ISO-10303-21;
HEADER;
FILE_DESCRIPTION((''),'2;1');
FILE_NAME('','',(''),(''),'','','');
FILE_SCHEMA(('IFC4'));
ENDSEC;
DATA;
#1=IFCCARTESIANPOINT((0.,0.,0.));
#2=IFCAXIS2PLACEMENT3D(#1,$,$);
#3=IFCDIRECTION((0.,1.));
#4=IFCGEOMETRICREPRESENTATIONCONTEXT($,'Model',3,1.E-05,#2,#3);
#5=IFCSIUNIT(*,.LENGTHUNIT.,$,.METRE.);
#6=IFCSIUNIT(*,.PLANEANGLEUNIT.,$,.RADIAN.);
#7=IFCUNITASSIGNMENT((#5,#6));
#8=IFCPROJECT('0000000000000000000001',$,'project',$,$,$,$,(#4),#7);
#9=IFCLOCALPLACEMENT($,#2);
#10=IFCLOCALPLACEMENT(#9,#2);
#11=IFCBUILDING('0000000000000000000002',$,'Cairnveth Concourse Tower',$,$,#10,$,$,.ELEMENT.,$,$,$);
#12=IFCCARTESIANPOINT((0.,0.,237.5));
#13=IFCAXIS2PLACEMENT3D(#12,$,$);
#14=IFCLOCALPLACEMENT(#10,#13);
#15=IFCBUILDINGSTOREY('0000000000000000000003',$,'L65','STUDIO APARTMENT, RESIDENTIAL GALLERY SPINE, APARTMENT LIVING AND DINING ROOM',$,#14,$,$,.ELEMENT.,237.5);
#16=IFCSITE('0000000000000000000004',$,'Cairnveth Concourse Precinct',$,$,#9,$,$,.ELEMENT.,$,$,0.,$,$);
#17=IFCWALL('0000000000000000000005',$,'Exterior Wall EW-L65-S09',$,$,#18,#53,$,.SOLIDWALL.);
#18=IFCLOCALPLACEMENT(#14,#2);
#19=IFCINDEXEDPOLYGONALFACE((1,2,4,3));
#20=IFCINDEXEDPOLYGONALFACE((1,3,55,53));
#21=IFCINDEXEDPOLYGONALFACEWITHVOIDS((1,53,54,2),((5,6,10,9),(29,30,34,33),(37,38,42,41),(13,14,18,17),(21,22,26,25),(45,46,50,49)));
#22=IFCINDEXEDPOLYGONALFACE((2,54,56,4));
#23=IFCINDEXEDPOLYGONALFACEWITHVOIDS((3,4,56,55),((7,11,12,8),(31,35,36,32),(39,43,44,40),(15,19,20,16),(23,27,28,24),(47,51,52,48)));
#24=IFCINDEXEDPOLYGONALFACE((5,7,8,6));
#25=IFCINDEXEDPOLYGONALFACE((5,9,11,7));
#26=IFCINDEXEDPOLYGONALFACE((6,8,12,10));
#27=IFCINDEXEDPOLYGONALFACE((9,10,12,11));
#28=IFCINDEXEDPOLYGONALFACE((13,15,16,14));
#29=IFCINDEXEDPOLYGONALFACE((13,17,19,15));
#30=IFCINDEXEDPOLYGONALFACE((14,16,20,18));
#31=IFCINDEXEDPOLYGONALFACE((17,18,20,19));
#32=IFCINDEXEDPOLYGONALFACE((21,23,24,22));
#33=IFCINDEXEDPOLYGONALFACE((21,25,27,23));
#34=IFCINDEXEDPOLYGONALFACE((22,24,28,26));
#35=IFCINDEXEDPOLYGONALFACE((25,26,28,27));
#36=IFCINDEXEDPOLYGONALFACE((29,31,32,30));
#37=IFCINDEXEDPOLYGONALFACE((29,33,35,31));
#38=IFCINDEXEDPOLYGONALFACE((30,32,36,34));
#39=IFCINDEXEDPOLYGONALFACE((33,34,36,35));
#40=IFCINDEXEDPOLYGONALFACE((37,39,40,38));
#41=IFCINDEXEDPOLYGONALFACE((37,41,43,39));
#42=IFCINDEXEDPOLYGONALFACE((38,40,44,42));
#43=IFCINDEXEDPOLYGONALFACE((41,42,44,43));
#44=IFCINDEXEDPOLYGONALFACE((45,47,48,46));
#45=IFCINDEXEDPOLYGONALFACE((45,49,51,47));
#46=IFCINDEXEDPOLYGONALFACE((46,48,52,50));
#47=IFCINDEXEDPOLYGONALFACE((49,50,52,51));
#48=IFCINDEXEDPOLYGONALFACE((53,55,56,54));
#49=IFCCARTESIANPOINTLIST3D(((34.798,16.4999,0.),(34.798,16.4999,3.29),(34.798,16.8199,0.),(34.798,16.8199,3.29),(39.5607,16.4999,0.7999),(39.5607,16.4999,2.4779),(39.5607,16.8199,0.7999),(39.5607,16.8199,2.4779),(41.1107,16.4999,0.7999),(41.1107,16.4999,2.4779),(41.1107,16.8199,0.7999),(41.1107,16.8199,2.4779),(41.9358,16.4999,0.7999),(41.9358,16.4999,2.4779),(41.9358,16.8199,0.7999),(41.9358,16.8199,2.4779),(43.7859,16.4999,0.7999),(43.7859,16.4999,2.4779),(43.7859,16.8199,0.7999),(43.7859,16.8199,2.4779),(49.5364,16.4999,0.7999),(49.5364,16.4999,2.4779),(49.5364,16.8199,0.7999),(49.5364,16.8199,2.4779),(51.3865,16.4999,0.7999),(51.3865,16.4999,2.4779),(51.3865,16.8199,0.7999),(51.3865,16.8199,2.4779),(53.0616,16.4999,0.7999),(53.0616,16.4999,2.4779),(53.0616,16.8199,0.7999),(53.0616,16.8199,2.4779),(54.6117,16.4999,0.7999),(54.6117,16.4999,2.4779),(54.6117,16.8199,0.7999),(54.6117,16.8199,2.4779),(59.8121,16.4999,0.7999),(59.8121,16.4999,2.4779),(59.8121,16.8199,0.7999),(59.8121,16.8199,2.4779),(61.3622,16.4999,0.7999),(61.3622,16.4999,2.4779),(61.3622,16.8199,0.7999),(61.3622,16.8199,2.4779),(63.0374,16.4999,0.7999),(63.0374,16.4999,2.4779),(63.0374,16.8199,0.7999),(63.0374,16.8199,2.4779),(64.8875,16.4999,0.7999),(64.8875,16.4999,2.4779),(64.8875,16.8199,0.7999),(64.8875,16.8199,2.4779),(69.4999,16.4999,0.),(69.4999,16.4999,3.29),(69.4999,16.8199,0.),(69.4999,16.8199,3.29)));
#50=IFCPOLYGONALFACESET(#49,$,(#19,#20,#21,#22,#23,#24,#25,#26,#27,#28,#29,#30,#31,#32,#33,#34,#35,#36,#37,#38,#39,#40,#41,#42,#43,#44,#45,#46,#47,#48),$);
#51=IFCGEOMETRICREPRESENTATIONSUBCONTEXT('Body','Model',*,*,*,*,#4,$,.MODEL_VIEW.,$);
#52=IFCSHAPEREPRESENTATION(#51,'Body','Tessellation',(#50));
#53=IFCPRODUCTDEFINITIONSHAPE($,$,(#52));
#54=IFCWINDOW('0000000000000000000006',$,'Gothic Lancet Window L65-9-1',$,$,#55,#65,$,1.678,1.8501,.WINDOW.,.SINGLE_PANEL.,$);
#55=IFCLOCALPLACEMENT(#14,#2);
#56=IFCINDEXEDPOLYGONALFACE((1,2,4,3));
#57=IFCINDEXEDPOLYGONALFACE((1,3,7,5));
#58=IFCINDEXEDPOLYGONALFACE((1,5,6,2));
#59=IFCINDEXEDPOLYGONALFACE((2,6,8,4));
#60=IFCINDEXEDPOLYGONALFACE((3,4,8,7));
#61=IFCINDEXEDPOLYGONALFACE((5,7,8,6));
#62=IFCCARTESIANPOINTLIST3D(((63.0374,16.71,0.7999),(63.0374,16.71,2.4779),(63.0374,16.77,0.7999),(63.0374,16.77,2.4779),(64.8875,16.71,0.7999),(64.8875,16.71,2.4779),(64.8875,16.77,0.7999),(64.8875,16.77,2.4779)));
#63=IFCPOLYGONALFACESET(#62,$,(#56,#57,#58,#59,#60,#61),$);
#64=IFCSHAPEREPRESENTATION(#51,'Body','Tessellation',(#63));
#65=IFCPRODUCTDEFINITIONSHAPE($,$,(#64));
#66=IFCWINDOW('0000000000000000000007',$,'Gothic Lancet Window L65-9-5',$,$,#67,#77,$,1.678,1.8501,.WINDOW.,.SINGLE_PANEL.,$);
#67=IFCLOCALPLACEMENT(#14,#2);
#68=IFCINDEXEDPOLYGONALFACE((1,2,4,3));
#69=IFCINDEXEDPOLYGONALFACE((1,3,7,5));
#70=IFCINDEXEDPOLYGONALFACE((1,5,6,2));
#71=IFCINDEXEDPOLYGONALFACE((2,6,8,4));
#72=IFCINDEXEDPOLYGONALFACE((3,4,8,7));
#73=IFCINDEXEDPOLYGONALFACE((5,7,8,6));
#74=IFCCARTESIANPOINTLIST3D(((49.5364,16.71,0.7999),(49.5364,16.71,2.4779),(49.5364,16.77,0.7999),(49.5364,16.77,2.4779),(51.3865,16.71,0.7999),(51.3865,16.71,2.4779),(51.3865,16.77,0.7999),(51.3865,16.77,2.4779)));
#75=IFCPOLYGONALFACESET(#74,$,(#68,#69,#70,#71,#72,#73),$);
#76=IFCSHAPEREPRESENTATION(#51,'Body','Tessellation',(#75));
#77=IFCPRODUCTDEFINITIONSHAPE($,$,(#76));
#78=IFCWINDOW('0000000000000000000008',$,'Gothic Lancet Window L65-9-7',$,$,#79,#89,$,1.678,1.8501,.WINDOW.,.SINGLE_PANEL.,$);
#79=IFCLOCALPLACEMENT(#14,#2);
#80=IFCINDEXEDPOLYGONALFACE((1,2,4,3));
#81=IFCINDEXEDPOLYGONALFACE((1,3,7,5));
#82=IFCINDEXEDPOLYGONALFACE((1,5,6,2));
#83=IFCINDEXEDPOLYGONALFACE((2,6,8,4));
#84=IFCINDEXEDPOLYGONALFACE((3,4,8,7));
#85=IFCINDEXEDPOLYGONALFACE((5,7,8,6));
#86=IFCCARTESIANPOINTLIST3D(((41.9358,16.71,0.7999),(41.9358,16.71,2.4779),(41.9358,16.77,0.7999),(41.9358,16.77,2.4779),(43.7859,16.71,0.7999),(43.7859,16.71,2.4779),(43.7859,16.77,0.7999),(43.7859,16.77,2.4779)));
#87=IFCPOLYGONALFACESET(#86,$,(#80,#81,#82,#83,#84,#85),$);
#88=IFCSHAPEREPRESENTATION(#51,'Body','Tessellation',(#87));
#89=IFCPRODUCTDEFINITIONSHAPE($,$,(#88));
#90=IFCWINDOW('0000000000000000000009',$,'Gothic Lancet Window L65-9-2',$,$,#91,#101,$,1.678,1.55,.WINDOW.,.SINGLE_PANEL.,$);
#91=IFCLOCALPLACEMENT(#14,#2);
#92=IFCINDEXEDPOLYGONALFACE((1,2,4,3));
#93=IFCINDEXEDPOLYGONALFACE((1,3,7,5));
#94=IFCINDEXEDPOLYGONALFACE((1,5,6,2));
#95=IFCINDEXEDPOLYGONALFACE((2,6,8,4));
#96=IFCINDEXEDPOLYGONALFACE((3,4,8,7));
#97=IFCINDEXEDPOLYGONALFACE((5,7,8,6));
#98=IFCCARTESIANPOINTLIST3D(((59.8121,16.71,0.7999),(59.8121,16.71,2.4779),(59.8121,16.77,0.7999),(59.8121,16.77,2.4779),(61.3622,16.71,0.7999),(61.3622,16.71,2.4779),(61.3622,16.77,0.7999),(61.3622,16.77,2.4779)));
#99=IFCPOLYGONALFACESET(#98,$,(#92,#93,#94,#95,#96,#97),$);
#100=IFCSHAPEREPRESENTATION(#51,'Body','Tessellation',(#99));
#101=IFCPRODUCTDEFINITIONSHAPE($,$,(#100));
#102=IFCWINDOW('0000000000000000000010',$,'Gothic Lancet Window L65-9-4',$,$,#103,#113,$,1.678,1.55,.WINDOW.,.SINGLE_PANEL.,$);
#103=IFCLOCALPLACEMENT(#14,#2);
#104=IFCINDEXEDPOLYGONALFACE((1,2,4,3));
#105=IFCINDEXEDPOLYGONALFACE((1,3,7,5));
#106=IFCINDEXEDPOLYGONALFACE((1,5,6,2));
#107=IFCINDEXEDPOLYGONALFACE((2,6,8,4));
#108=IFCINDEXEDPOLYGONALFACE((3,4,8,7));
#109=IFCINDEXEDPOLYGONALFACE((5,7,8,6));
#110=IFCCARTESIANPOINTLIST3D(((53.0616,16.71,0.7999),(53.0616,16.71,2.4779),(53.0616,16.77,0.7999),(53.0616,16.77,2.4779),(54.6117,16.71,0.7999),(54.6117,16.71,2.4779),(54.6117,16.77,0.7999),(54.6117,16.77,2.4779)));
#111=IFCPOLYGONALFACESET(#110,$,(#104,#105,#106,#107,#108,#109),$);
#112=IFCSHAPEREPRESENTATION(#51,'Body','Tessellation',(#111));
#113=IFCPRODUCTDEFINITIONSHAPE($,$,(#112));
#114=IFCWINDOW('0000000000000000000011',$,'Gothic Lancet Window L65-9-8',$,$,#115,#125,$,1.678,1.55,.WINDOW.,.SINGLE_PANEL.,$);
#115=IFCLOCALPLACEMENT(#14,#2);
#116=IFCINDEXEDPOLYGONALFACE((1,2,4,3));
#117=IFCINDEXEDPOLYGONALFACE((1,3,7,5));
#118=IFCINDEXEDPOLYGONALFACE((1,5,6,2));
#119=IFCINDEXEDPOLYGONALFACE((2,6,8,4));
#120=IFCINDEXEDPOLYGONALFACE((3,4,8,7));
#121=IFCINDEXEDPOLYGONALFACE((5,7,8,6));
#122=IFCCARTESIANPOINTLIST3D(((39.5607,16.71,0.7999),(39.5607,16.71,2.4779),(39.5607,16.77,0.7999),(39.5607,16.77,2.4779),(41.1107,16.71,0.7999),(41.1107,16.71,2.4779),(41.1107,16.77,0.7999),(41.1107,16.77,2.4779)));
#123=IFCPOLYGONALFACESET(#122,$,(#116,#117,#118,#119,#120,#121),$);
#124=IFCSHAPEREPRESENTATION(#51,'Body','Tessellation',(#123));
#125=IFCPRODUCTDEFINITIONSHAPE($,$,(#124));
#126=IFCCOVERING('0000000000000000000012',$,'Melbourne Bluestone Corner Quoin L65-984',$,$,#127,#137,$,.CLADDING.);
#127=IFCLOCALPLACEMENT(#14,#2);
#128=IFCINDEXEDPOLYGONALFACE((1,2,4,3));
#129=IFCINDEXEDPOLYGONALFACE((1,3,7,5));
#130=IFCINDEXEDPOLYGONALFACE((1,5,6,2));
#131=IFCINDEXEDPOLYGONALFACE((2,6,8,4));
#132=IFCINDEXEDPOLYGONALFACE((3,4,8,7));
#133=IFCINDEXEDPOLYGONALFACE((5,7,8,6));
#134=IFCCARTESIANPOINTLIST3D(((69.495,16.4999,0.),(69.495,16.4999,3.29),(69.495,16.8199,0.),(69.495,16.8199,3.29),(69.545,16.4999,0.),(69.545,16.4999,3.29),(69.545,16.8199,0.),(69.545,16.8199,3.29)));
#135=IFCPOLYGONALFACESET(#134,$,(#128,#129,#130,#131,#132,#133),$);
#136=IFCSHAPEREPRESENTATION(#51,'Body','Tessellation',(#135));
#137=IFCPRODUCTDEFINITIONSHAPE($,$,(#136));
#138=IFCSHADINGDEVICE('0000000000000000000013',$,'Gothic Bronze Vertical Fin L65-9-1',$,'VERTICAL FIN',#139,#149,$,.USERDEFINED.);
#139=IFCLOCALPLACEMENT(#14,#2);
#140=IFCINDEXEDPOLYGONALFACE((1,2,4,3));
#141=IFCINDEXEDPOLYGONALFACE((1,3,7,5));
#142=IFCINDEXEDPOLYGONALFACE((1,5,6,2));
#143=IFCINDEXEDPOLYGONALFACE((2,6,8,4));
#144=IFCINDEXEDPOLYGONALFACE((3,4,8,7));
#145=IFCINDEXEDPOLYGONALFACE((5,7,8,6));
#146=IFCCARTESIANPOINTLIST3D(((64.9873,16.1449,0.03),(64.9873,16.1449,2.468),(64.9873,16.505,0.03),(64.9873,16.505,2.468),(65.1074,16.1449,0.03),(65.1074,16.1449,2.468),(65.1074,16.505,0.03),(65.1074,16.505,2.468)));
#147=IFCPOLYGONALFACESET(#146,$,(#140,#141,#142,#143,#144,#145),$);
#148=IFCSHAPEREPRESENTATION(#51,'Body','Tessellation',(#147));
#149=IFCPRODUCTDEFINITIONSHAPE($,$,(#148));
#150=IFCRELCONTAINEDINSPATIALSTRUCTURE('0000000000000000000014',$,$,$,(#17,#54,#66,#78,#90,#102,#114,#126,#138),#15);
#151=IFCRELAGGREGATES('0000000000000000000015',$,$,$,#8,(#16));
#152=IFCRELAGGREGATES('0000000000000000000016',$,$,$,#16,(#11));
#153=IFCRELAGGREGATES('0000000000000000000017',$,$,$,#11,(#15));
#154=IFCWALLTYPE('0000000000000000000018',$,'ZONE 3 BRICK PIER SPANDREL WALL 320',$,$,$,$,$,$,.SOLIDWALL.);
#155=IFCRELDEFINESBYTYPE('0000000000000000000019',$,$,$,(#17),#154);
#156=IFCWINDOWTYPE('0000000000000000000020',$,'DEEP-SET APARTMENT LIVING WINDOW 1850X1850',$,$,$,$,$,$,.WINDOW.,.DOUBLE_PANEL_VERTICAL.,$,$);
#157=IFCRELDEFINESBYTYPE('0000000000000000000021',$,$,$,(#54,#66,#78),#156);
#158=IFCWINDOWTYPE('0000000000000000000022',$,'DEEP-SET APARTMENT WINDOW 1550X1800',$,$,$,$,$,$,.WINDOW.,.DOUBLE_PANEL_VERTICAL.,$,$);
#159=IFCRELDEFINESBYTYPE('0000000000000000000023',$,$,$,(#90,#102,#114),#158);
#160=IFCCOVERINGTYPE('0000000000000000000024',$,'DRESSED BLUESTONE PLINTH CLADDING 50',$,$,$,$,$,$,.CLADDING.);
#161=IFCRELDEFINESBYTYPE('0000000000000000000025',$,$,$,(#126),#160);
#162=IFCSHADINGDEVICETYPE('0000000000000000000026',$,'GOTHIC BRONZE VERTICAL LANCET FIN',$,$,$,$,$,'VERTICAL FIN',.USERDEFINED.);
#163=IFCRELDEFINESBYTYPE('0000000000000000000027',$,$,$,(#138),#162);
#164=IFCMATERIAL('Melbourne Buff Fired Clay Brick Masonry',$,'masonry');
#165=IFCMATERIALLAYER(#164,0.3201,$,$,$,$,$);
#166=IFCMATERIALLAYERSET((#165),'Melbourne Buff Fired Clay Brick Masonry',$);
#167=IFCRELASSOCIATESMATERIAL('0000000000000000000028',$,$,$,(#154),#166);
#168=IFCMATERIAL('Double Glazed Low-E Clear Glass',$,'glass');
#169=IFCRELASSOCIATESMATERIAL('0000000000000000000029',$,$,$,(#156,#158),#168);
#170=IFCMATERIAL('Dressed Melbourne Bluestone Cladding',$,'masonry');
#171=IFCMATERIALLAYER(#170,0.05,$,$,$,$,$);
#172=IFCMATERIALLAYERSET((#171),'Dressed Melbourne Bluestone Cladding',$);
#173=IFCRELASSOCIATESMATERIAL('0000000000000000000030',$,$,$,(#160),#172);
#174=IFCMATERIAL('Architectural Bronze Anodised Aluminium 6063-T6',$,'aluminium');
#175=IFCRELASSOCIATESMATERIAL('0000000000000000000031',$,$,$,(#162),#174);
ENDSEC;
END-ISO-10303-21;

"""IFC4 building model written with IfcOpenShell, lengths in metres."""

from ifc_helpers import new_model, si_unit, direction, frame, frame_2d, origin, origin_2d, place, context, subcontext, project, spatial, rectangle, extrude, material, layer, layer_set, type_object, element, fill, save


model = new_model("IFC4")

# Units and contexts
model_context = context("Model", 3, precision=1e-05, world=origin(), true_north=direction((0.0, 1.0)))
body_context = subcontext(model_context, "Body", "Model", "MODEL_VIEW")
ifc_project = project(units=[si_unit("LENGTHUNIT", "METRE"), si_unit("PLANEANGLEUNIT", "RADIAN")], contexts=[model_context])

# Site, building, storey
site_placement = place(None, origin())
site = spatial("IfcSite", under=ifc_project, at=site_placement, Name="Cairnveth Concourse Precinct", CompositionType="ELEMENT", RefElevation=0.0)
building_placement = place(site_placement, origin())
building = spatial("IfcBuilding", under=site, at=building_placement, Name="Cairnveth Concourse Tower", CompositionType="ELEMENT")
storey_placement = place(building_placement, frame((0.0, 0.0, 237.5)))
storey = spatial("IfcBuildingStorey", under=building, at=storey_placement, Name="L65", Description="STUDIO APARTMENT, RESIDENTIAL GALLERY SPINE, APARTMENT LIVING AND DINING ROOM", CompositionType="ELEMENT", Elevation=237.5)

# Shared definitions
ifc_material_1 = material(Name="Melbourne Buff Fired Clay Brick Masonry", Category="masonry")
ifc_layer_1 = layer(ifc_material_1, 0.3201)
ifc_layer_set_1 = layer_set([ifc_layer_1], Name="Melbourne Buff Fired Clay Brick Masonry")
wall_type_1 = type_object("IfcWallType", Name="ZONE 3 BRICK PIER SPANDREL WALL 320", PredefinedType="SOLIDWALL", material=ifc_layer_set_1)
ifc_material_2 = material(Name="Double Glazed Low-E Clear Glass", Category="glass")

# Wall, openings, windows
wall_1_placement = place(storey_placement, frame((69.5, 16.6599, 0.0), z_axis=(0.0, 0.0, 1.0), x_axis=(-1.0, 0.0, 0.0)))
wall_1 = element("IfcWall", 1, at=wall_1_placement, inside=storey, type_object=wall_type_1, Name="Exterior Wall EW-L65-S09", PredefinedType="SOLIDWALL", context=body_context, shape_type="SweptSolid", body=[
    extrude(rectangle(XDim=34.7019, YDim=0.3201, at=frame_2d((17.3511, 0.0))), origin(), (0.0, 0.0, 1.0), 3.29),
])
opening_1_placement = place(wall_1_placement, frame((4.6125, 0.0, 0.8)))
opening_1 = element("IfcOpeningElement", 2, at=opening_1_placement, cuts=wall_1, PredefinedType="OPENING", context=body_context, shape_type="SweptSolid", body=[
    extrude(rectangle(XDim=1.8501, YDim=1.678, at=frame_2d((0.925, 0.8389))), frame((0.0, 0.1699, 0.0), z_axis=(0.0, -1.0, 0.0), x_axis=(1.0, 0.0, 0.0)), (0.0, 0.0, 1.0), 0.3401),
])
opening_2_placement = place(wall_1_placement, frame((8.1379, 0.0, 0.8)))
opening_2 = element("IfcOpeningElement", 3, at=opening_2_placement, cuts=wall_1, PredefinedType="OPENING", context=body_context, shape_type="SweptSolid", body=[
    extrude(rectangle(XDim=1.55, YDim=1.678, at=frame_2d((0.7749, 0.8389))), frame((0.0, 0.1699, 0.0), z_axis=(0.0, -1.0, 0.0), x_axis=(1.0, 0.0, 0.0)), (0.0, 0.0, 1.0), 0.3401),
])
opening_3_placement = place(wall_1_placement, frame((14.8884, 0.0, 0.8)))
opening_3 = element("IfcOpeningElement", 4, at=opening_3_placement, cuts=wall_1, PredefinedType="OPENING", context=body_context, shape_type="SweptSolid", body=[
    extrude(rectangle(XDim=1.55, YDim=1.678, at=frame_2d((0.7749, 0.8389))), frame((0.0, 0.1699, 0.0), z_axis=(0.0, -1.0, 0.0), x_axis=(1.0, 0.0, 0.0)), (0.0, 0.0, 1.0), 0.3401),
])
opening_4_placement = place(wall_1_placement, frame((18.1135, 0.0, 0.8)))
opening_4 = element("IfcOpeningElement", 5, at=opening_4_placement, cuts=wall_1, PredefinedType="OPENING", context=body_context, shape_type="SweptSolid", body=[
    extrude(rectangle(XDim=1.8501, YDim=1.678, at=frame_2d((0.925, 0.8389))), frame((0.0, 0.1699, 0.0), z_axis=(0.0, -1.0, 0.0), x_axis=(1.0, 0.0, 0.0)), (0.0, 0.0, 1.0), 0.3401),
])
opening_5_placement = place(wall_1_placement, frame((25.7141, 0.0, 0.8)))
opening_5 = element("IfcOpeningElement", 6, at=opening_5_placement, cuts=wall_1, PredefinedType="OPENING", context=body_context, shape_type="SweptSolid", body=[
    extrude(rectangle(XDim=1.8501, YDim=1.678, at=frame_2d((0.925, 0.8389))), frame((0.0, 0.1699, 0.0), z_axis=(0.0, -1.0, 0.0), x_axis=(1.0, 0.0, 0.0)), (0.0, 0.0, 1.0), 0.3401),
])
opening_6_placement = place(wall_1_placement, frame((28.3894, 0.0, 0.8)))
opening_6 = element("IfcOpeningElement", 7, at=opening_6_placement, cuts=wall_1, PredefinedType="OPENING", context=body_context, shape_type="SweptSolid", body=[
    extrude(rectangle(XDim=1.55, YDim=1.678, at=frame_2d((0.7749, 0.8389))), frame((0.0, 0.1699, 0.0), z_axis=(0.0, -1.0, 0.0), x_axis=(1.0, 0.0, 0.0)), (0.0, 0.0, 1.0), 0.3401),
])
window_type_1 = type_object("IfcWindowType", Name="DEEP-SET APARTMENT LIVING WINDOW 1850X1850", PartitioningType="DOUBLE_PANEL_VERTICAL", PredefinedType="WINDOW", material=ifc_material_2)
window_1_placement = place(opening_1_placement, origin())
window_1 = element("IfcWindow", 8, at=window_1_placement, inside=storey, type_object=window_type_1, Name="Gothic Lancet Window L65-9-1", OverallHeight=1.678, OverallWidth=1.8501, PartitioningType="SINGLE_PANEL", PredefinedType="WINDOW", context=body_context, shape_type="SweptSolid", body=[
    extrude(rectangle(XDim=1.8501, YDim=1.678, at=frame_2d((0.925, 0.8389))), frame((0.0, -0.05, 0.0), z_axis=(0.0, -1.0, 0.0), x_axis=(1.0, 0.0, 0.0)), (0.0, 0.0, 1.0), 0.0601),
])
fill(opening_1, window_1)
window_2_placement = place(opening_4_placement, origin())
window_2 = element("IfcWindow", 9, at=window_2_placement, inside=storey, type_object=window_type_1, Name="Gothic Lancet Window L65-9-5", OverallHeight=1.678, OverallWidth=1.8501, PartitioningType="SINGLE_PANEL", PredefinedType="WINDOW", context=body_context, shape_type="SweptSolid", body=[
    extrude(rectangle(XDim=1.8501, YDim=1.678, at=frame_2d((0.925, 0.8389))), frame((0.0, -0.05, 0.0), z_axis=(0.0, -1.0, 0.0), x_axis=(1.0, 0.0, 0.0)), (0.0, 0.0, 1.0), 0.0601),
])
fill(opening_4, window_2)
window_3_placement = place(opening_5_placement, origin())
window_3 = element("IfcWindow", 10, at=window_3_placement, inside=storey, type_object=window_type_1, Name="Gothic Lancet Window L65-9-7", OverallHeight=1.678, OverallWidth=1.8501, PartitioningType="SINGLE_PANEL", PredefinedType="WINDOW", context=body_context, shape_type="SweptSolid", body=[
    extrude(rectangle(XDim=1.8501, YDim=1.678, at=frame_2d((0.925, 0.8389))), frame((0.0, -0.05, 0.0), z_axis=(0.0, -1.0, 0.0), x_axis=(1.0, 0.0, 0.0)), (0.0, 0.0, 1.0), 0.0601),
])
fill(opening_5, window_3)
window_type_2 = type_object("IfcWindowType", Name="DEEP-SET APARTMENT WINDOW 1550X1800", PartitioningType="DOUBLE_PANEL_VERTICAL", PredefinedType="WINDOW", material=ifc_material_2)
window_4_placement = place(opening_2_placement, origin())
window_4 = element("IfcWindow", 11, at=window_4_placement, inside=storey, type_object=window_type_2, Name="Gothic Lancet Window L65-9-2", OverallHeight=1.678, OverallWidth=1.55, PartitioningType="SINGLE_PANEL", PredefinedType="WINDOW", context=body_context, shape_type="SweptSolid", body=[
    extrude(rectangle(XDim=1.55, YDim=1.678, at=frame_2d((0.7749, 0.8389))), frame((0.0, -0.05, 0.0), z_axis=(0.0, -1.0, 0.0), x_axis=(1.0, 0.0, 0.0)), (0.0, 0.0, 1.0), 0.0601),
])
fill(opening_2, window_4)
window_5_placement = place(opening_3_placement, origin())
window_5 = element("IfcWindow", 12, at=window_5_placement, inside=storey, type_object=window_type_2, Name="Gothic Lancet Window L65-9-4", OverallHeight=1.678, OverallWidth=1.55, PartitioningType="SINGLE_PANEL", PredefinedType="WINDOW", context=body_context, shape_type="SweptSolid", body=[
    extrude(rectangle(XDim=1.55, YDim=1.678, at=frame_2d((0.7749, 0.8389))), frame((0.0, -0.05, 0.0), z_axis=(0.0, -1.0, 0.0), x_axis=(1.0, 0.0, 0.0)), (0.0, 0.0, 1.0), 0.0601),
])
fill(opening_3, window_5)
window_6_placement = place(opening_6_placement, origin())
window_6 = element("IfcWindow", 13, at=window_6_placement, inside=storey, type_object=window_type_2, Name="Gothic Lancet Window L65-9-8", OverallHeight=1.678, OverallWidth=1.55, PartitioningType="SINGLE_PANEL", PredefinedType="WINDOW", context=body_context, shape_type="SweptSolid", body=[
    extrude(rectangle(XDim=1.55, YDim=1.678, at=frame_2d((0.7749, 0.8389))), frame((0.0, -0.05, 0.0), z_axis=(0.0, -1.0, 0.0), x_axis=(1.0, 0.0, 0.0)), (0.0, 0.0, 1.0), 0.0601),
])
fill(opening_6, window_6)

# Covering
ifc_material_3 = material(Name="Dressed Melbourne Bluestone Cladding", Category="masonry")
ifc_layer_2 = layer(ifc_material_3, 0.05)
ifc_layer_set_2 = layer_set([ifc_layer_2], Name="Dressed Melbourne Bluestone Cladding")
covering_type = type_object("IfcCoveringType", Name="DRESSED BLUESTONE PLINTH CLADDING 50", PredefinedType="CLADDING", material=ifc_layer_set_2)
covering_placement = place(storey_placement, frame((69.52, 16.8201, 0.0), z_axis=(0.0, 0.0, 1.0), x_axis=(0.0, -1.0, 0.0)))
element("IfcCovering", 14, at=covering_placement, inside=storey, type_object=covering_type, Name="Melbourne Bluestone Corner Quoin L65-984", PredefinedType="CLADDING", context=body_context, shape_type="SweptSolid", body=[
    extrude(rectangle(XDim=0.3201, YDim=0.05, at=frame_2d((0.1602, 0.0))), origin(), (0.0, 0.0, 1.0), 3.29),
])

# Shading device
ifc_material_4 = material(Name="Architectural Bronze Anodised Aluminium 6063-T6", Category="aluminium")
shading_device_type = type_object("IfcShadingDeviceType", Name="GOTHIC BRONZE VERTICAL LANCET FIN", ElementType="VERTICAL FIN", PredefinedType="USERDEFINED", material=ifc_material_4)
shading_device_placement = place(storey_placement, frame((65.0474, 16.325, 0.03), z_axis=(0.0, 0.0, 1.0), x_axis=(1.0, 0.0, 0.0)))
element("IfcShadingDevice", 15, at=shading_device_placement, inside=storey, type_object=shading_device_type, Name="Gothic Bronze Vertical Fin L65-9-1", ObjectType="VERTICAL FIN", PredefinedType="USERDEFINED", context=body_context, shape_type="SweptSolid", body=[
    extrude(rectangle(XDim=0.1201, YDim=0.3601, at=origin_2d()), origin(), (0.0, 0.0, 1.0), 2.438),
])

save(model, "model.ifc")
